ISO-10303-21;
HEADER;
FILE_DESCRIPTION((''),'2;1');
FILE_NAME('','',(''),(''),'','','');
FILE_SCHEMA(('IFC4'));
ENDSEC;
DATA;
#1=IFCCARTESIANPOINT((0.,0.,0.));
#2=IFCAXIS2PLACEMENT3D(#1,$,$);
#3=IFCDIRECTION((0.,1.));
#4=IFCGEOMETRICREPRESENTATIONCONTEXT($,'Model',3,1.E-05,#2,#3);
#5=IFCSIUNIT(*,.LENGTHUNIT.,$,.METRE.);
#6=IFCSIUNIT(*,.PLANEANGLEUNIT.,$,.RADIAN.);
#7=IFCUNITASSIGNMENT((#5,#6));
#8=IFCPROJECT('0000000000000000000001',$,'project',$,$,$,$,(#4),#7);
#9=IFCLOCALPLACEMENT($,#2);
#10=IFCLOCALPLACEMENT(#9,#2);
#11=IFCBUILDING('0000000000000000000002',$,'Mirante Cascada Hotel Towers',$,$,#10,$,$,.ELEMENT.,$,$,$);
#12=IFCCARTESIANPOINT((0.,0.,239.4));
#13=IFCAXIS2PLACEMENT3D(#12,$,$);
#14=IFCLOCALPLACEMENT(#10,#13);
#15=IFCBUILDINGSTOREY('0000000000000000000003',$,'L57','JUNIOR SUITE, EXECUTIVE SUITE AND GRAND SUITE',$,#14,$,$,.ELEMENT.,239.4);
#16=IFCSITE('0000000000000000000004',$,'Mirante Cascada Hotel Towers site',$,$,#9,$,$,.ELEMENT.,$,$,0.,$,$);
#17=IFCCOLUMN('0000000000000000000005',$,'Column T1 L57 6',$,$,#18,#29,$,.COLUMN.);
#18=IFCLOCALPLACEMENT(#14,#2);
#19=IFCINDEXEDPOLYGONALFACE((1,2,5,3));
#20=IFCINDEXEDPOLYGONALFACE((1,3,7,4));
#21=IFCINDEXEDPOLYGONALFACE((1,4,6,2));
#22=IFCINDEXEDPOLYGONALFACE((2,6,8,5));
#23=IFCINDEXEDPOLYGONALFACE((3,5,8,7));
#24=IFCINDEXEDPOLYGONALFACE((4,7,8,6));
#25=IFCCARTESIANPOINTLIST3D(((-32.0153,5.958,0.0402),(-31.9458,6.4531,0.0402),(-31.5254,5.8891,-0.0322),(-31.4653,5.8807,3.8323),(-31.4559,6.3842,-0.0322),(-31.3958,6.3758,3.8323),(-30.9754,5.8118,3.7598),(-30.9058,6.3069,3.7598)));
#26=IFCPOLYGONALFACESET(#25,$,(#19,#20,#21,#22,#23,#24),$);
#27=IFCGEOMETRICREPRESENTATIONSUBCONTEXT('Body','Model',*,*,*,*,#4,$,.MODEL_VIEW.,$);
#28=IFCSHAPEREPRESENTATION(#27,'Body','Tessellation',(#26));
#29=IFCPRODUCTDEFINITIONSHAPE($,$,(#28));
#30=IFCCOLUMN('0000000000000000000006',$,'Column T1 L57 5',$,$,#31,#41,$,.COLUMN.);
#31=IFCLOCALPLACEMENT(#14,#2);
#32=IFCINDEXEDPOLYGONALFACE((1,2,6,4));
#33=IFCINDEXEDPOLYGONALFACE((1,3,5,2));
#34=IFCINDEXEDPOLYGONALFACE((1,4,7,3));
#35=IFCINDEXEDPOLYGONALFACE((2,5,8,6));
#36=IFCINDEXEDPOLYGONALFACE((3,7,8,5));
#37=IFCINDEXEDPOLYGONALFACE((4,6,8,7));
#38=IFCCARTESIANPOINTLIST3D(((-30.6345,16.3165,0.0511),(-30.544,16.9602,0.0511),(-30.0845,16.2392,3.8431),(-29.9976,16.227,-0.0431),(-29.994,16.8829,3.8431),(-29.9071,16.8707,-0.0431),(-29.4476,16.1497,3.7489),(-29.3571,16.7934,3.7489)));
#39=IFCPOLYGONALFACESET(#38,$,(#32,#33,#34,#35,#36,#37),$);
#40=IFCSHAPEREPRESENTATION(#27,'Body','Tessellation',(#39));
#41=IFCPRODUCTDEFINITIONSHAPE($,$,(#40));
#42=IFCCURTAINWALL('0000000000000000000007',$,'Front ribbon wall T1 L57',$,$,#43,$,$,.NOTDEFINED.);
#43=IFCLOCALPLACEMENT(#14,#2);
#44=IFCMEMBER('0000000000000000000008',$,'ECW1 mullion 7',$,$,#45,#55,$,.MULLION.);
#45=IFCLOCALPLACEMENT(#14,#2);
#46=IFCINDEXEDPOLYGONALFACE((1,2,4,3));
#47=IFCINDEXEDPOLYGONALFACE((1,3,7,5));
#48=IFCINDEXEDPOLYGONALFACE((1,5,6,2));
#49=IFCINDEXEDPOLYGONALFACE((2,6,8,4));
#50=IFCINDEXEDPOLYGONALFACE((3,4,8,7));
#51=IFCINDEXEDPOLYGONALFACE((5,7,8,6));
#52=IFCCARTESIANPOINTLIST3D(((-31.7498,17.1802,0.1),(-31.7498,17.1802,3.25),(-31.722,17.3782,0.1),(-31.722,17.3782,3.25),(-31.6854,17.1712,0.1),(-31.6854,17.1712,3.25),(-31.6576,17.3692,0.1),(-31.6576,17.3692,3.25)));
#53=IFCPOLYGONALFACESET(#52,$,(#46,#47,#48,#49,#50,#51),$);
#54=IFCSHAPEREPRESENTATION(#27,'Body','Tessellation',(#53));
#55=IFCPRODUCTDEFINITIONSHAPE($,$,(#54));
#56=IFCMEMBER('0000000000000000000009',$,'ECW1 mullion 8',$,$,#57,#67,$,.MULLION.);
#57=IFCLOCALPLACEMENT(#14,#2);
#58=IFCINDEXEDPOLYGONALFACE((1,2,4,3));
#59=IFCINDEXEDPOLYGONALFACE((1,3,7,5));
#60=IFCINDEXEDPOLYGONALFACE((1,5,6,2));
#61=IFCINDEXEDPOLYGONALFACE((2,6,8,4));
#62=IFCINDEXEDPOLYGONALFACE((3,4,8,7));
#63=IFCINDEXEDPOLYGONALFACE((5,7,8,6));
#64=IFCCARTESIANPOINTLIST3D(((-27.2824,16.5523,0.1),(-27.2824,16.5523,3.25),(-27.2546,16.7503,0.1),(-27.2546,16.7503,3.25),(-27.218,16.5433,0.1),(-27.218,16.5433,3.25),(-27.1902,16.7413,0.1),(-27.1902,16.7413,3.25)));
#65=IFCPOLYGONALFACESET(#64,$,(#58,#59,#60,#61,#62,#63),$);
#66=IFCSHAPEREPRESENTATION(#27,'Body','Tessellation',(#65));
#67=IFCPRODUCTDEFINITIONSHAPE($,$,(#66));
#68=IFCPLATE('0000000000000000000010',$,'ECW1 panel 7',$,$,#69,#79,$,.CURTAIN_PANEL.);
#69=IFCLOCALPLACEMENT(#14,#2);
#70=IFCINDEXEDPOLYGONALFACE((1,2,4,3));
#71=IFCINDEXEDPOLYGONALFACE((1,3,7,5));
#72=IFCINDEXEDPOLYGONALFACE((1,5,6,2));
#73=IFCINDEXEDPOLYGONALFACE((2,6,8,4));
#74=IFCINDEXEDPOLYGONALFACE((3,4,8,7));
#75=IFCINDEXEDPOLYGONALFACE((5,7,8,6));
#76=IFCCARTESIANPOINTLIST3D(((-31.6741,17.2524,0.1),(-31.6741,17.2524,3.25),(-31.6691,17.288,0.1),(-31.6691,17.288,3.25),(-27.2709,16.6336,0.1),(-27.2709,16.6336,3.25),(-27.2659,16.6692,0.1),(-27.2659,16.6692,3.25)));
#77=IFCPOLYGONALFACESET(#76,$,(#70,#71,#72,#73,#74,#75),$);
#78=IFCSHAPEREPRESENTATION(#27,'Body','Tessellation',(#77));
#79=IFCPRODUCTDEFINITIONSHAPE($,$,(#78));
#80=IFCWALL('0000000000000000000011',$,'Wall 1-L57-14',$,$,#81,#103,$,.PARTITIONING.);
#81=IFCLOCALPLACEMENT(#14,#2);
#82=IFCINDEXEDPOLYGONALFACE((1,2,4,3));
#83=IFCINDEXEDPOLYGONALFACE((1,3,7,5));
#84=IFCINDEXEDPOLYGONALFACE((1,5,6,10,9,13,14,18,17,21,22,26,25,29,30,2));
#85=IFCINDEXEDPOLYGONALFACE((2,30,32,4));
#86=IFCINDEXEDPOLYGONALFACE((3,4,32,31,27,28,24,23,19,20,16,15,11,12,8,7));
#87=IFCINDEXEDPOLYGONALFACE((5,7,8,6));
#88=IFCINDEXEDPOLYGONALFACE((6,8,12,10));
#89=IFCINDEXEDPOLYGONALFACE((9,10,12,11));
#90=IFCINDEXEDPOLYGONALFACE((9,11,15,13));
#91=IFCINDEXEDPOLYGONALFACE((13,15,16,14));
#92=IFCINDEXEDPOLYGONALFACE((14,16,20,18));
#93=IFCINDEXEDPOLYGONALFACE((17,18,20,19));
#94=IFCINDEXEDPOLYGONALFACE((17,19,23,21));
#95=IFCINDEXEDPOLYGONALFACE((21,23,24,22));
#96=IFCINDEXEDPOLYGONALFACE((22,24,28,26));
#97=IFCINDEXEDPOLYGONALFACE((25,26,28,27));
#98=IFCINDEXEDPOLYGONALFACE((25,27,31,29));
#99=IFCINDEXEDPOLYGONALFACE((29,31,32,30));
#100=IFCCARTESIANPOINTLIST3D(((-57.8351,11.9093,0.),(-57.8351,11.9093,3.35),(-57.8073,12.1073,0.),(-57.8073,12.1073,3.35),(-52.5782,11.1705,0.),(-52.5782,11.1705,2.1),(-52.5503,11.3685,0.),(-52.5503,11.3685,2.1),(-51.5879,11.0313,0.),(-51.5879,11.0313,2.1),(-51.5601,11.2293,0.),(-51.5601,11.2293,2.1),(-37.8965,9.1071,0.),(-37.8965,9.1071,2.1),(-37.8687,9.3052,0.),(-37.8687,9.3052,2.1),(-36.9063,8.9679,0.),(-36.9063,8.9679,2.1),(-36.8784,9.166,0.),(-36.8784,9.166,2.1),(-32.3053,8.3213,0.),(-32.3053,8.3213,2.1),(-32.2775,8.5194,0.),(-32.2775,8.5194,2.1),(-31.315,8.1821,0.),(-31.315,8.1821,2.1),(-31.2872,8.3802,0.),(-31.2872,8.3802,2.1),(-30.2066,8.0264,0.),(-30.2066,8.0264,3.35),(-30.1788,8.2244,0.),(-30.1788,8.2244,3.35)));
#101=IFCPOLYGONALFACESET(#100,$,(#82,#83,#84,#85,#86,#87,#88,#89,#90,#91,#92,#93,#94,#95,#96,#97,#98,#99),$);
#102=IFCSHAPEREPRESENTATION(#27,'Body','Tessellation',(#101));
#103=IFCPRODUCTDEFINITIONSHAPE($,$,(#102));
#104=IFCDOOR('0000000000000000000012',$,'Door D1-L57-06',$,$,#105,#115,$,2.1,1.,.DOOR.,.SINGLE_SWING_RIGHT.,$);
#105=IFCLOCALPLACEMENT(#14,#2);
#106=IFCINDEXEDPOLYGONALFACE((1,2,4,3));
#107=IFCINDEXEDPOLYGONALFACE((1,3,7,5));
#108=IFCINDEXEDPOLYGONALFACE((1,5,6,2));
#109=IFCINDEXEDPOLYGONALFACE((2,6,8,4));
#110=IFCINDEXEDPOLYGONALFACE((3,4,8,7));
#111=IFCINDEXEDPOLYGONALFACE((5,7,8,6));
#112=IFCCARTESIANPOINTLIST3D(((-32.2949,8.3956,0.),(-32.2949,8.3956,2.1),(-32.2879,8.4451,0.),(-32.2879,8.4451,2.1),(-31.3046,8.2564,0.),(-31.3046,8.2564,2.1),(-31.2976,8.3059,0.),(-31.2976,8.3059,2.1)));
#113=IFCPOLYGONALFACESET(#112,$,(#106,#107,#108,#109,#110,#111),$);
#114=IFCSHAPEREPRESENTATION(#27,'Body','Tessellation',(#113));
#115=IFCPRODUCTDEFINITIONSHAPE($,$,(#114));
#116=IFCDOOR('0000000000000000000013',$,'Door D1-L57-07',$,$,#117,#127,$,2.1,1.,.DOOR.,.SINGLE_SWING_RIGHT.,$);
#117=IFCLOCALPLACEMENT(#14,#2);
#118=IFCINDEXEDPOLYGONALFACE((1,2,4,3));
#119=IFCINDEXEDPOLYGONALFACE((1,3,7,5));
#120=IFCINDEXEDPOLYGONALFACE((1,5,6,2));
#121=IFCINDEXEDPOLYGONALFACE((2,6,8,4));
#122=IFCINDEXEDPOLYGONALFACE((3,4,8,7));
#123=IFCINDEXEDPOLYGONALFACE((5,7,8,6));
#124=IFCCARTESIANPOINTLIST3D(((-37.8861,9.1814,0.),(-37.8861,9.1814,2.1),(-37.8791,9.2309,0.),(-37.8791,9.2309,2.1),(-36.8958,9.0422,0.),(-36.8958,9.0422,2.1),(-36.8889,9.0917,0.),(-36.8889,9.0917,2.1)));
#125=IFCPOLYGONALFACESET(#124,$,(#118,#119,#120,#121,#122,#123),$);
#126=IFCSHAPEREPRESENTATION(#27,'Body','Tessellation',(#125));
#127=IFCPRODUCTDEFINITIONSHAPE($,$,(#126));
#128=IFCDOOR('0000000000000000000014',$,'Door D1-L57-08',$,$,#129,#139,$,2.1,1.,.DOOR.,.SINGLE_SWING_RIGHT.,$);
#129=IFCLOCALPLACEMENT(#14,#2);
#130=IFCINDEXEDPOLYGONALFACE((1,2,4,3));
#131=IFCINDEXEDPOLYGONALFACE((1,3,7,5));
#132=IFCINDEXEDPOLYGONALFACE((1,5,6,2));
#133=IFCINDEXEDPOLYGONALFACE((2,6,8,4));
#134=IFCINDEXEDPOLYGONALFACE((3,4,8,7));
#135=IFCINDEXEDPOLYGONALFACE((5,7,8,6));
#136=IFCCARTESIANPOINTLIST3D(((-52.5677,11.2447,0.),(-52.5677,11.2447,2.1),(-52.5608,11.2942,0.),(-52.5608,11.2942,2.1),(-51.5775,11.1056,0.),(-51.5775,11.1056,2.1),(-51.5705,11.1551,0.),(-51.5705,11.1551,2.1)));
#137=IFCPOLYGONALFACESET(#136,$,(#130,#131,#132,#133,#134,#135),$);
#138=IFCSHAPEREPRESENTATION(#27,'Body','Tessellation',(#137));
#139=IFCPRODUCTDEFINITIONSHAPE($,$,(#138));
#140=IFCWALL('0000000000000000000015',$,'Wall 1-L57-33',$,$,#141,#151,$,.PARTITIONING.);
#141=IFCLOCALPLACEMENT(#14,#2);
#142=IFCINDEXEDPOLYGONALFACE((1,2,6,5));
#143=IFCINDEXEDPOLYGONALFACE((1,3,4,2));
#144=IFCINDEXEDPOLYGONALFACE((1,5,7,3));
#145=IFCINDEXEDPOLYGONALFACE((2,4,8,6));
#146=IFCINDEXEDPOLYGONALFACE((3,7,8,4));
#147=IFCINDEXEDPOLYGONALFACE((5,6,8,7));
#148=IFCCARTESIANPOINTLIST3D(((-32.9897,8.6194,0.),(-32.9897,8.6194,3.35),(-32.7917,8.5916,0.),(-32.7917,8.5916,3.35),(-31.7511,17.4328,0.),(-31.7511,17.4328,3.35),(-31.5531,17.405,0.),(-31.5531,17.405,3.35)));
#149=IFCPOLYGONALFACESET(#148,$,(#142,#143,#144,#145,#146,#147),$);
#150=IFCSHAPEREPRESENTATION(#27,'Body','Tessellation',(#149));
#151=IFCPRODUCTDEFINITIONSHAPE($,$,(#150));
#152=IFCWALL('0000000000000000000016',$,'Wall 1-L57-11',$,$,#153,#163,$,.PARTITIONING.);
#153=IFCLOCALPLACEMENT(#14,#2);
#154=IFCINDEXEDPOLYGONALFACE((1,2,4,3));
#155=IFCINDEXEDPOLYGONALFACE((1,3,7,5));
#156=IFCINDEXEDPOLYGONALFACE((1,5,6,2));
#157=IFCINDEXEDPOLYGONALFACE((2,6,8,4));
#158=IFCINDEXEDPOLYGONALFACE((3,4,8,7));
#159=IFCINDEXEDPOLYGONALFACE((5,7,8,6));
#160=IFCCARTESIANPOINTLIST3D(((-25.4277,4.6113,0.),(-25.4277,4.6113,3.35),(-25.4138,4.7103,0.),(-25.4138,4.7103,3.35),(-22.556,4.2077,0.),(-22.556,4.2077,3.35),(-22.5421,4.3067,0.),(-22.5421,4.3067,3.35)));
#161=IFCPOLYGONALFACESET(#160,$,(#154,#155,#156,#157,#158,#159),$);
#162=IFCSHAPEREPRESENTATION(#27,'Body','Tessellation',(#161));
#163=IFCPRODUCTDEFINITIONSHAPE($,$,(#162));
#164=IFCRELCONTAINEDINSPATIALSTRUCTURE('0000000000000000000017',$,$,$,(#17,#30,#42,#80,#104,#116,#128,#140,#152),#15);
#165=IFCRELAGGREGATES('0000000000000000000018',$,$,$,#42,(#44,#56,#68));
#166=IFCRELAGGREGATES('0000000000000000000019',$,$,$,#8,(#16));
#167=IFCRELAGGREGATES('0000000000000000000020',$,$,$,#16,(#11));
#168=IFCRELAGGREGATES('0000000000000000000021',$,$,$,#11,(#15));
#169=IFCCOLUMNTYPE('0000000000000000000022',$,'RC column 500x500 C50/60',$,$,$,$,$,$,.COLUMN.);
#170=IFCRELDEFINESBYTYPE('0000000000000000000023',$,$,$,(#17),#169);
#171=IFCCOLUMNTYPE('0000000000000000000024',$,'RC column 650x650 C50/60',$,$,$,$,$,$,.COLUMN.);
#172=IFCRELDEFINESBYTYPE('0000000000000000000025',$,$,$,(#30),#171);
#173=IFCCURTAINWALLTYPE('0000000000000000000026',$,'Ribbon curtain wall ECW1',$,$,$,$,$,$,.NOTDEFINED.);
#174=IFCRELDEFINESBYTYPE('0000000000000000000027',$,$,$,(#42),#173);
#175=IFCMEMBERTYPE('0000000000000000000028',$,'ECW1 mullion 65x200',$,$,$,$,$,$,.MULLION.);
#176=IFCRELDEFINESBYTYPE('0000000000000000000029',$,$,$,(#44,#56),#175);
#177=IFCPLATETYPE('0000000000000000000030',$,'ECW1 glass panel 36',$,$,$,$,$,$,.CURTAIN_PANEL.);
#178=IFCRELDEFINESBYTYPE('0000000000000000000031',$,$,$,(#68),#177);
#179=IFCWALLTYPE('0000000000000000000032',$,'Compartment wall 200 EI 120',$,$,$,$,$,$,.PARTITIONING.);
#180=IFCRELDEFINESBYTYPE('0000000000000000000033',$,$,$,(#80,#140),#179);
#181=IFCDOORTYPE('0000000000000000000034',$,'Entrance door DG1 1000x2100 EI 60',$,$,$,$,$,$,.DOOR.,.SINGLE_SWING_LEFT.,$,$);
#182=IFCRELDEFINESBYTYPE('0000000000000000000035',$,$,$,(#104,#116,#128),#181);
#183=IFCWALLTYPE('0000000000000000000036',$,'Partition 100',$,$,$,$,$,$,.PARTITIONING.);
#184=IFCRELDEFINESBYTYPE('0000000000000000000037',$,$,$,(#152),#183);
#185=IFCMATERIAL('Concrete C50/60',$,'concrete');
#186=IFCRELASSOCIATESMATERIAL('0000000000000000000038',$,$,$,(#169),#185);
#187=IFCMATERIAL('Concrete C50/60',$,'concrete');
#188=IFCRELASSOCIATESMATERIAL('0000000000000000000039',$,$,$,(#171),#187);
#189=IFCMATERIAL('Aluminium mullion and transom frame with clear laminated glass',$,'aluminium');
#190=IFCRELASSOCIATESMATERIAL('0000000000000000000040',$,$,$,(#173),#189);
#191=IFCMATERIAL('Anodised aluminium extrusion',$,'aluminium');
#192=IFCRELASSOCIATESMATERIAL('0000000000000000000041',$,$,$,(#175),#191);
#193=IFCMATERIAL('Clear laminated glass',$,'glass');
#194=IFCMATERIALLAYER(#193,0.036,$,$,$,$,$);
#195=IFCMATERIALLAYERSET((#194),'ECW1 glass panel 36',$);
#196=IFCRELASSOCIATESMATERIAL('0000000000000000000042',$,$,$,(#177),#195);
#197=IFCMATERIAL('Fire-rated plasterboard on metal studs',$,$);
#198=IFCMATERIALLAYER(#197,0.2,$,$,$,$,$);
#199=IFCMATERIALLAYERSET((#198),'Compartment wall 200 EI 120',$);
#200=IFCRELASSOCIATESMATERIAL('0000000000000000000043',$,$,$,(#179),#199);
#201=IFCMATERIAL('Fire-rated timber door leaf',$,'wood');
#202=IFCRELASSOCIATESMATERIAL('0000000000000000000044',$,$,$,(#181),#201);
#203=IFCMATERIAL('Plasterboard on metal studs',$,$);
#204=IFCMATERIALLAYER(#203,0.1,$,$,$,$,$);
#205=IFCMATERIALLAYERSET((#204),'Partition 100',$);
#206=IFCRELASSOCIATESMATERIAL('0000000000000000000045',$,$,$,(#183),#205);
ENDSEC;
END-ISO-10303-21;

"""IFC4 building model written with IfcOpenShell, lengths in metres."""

from ifc_helpers import new_model, si_unit, direction, frame, frame_2d, origin, origin_2d, place, context, subcontext, project, spatial, rectangle, extrude, material, layer, layer_set, material_profile, profile_set, type_object, element, fill, aggregate, save


model = new_model("IFC4")

# Units and contexts
model_context = context("Model", 3, precision=1e-05, world=origin(), true_north=direction((0.0, 1.0)))
body_context = subcontext(model_context, "Body", "Model", "MODEL_VIEW")
ifc_project = project(units=[si_unit("LENGTHUNIT", "METRE"), si_unit("PLANEANGLEUNIT", "RADIAN")], contexts=[model_context])

# Site, building, storey
site_placement = place(None, origin())
site = spatial("IfcSite", under=ifc_project, at=site_placement, Name="Mirante Cascada Hotel Towers site", CompositionType="ELEMENT", RefElevation=0.0)
building_placement = place(site_placement, origin())
building = spatial("IfcBuilding", under=site, at=building_placement, Name="Mirante Cascada Hotel Towers", CompositionType="ELEMENT")
storey_placement = place(building_placement, frame((0.0, 0.0, 239.4)))
storey = spatial("IfcBuildingStorey", under=building, at=storey_placement, Name="L57", Description="JUNIOR SUITE, EXECUTIVE SUITE AND GRAND SUITE", CompositionType="ELEMENT", Elevation=239.4)

# Columns
ifc_material_1 = material(Name="Concrete C50/60", Category="concrete")
ifc_material_profile_1 = material_profile(ifc_material_1, rectangle(XDim=0.5, YDim=0.5, at=origin_2d()), Name="RC column 500x500 C50/60")
ifc_profile_set_1 = profile_set([ifc_material_profile_1], Name="Concrete C50/60")
column_type_1 = type_object("IfcColumnType", Name="RC column 500x500 C50/60", PredefinedType="COLUMN", material=ifc_profile_set_1)
column_1_placement = place(storey_placement, frame((-31.7356, 6.1711, 0.004), z_axis=(0.143511, -0.02017, 0.989443), x_axis=(0.139178, 0.990267, 0.0)))
element("IfcColumn", 1, at=column_1_placement, inside=storey, type_object=column_type_1, Name="Column T1 L57 6", PredefinedType="COLUMN", context=body_context, shape_type="SweptSolid", body=[
    extrude(rectangle(XDim=0.5, YDim=0.5, at=origin_2d()), origin(), (0.0, 0.0, 1.0), 3.8325),
])
ifc_material_2 = material(Name="Concrete C50/60", Category="concrete")
ifc_material_profile_2 = material_profile(ifc_material_2, rectangle(XDim=0.65, YDim=0.65, at=origin_2d()), Name="RC column 650x650 C50/60")
ifc_profile_set_2 = profile_set([ifc_material_profile_2], Name="Concrete C50/60")
column_type_2 = type_object("IfcColumnType", Name="RC column 650x650 C50/60", PredefinedType="COLUMN", material=ifc_profile_set_2)
column_2_placement = place(storey_placement, frame((-30.2708, 16.5936, 0.004), z_axis=(0.143511, -0.02017, 0.989443), x_axis=(0.139178, 0.990267, 0.0)))
element("IfcColumn", 2, at=column_2_placement, inside=storey, type_object=column_type_2, Name="Column T1 L57 5", PredefinedType="COLUMN", context=body_context, shape_type="SweptSolid", body=[
    extrude(rectangle(XDim=0.65, YDim=0.65, at=origin_2d()), origin(), (0.0, 0.0, 1.0), 3.8325),
])

# Curtain wall, members, plate
ifc_material_3 = material(Name="Aluminium mullion and transom frame with clear laminated glass", Category="aluminium")
curtain_wall_type = type_object("IfcCurtainWallType", Name="Ribbon curtain wall ECW1", PredefinedType="NOTDEFINED", material=ifc_material_3)
curtain_wall_placement = place(storey_placement, origin())
curtain_wall = element("IfcCurtainWall", 3, at=curtain_wall_placement, inside=storey, type_object=curtain_wall_type, Name="Front ribbon wall T1 L57", PredefinedType="NOTDEFINED")
ifc_material_4 = material(Name="Anodised aluminium extrusion", Category="aluminium")
ifc_material_profile_3 = material_profile(ifc_material_4, rectangle(XDim=0.2, YDim=0.065, at=origin_2d()), Name="ECW1 MULLION 65x200")
ifc_profile_set_3 = profile_set([ifc_material_profile_3], Name="Anodised aluminium extrusion")
member_type = type_object("IfcMemberType", Name="ECW1 mullion 65x200", PredefinedType="MULLION", material=ifc_profile_set_3)
member_1_placement = place(storey_placement, frame((-31.7037, 17.2747, 0.1), z_axis=(0.0, 0.0, 1.0), x_axis=(0.139173, 0.990268, 0.0)))
member_1 = element("IfcMember", 4, at=member_1_placement, type_object=member_type, Name="ECW1 mullion 7", PredefinedType="MULLION", context=body_context, shape_type="SweptSolid", body=[
    extrude(rectangle(XDim=0.2, YDim=0.065, at=origin_2d()), origin(), (0.0, 0.0, 1.0), 3.15),
])
member_2_placement = place(storey_placement, frame((-27.2363, 16.6468, 0.1), z_axis=(0.0, 0.0, 1.0), x_axis=(0.139173, 0.990268, 0.0)))
member_2 = element("IfcMember", 5, at=member_2_placement, type_object=member_type, Name="ECW1 mullion 8", PredefinedType="MULLION", context=body_context, shape_type="SweptSolid", body=[
    extrude(rectangle(XDim=0.2, YDim=0.065, at=origin_2d()), origin(), (0.0, 0.0, 1.0), 3.15),
])
ifc_material_5 = material(Name="Clear laminated glass", Category="glass")
ifc_layer_1 = layer(ifc_material_5, 0.036)
ifc_layer_set_1 = layer_set([ifc_layer_1], Name="ECW1 glass panel 36")
plate_type = type_object("IfcPlateType", Name="ECW1 glass panel 36", PredefinedType="CURTAIN_PANEL", material=ifc_layer_set_1)
plate_placement = place(storey_placement, frame((-29.47, 16.9608, 0.1), z_axis=(0.0, 0.0, 1.0), x_axis=(0.990268, -0.139173, 0.0)))
plate = element("IfcPlate", 6, at=plate_placement, type_object=plate_type, Name="ECW1 panel 7", PredefinedType="CURTAIN_PANEL", context=body_context, shape_type="SweptSolid", body=[
    extrude(rectangle(XDim=4.4464, YDim=0.036, at=origin_2d()), origin(), (0.0, 0.0, 1.0), 3.15),
])
aggregate(curtain_wall, [member_1, member_2, plate])

# Wall, openings, doors
ifc_material_6 = material(Name="Fire-rated plasterboard on metal studs")
ifc_layer_2 = layer(ifc_material_6, 0.2)
ifc_layer_set_2 = layer_set([ifc_layer_2], Name="Compartment wall 200 EI 120")
wall_type_1 = type_object("IfcWallType", Name="Compartment wall 200 EI 120", PredefinedType="PARTITIONING", material=ifc_layer_set_2)
wall_1_placement = place(storey_placement, frame((-30.1927, 8.1254, 0.0), z_axis=(0.0, 0.0, 1.0), x_axis=(-0.990268, 0.139172, 0.0)))
wall_1 = element("IfcWall", 7, at=wall_1_placement, inside=storey, type_object=wall_type_1, Name="Wall 1-L57-14", PredefinedType="PARTITIONING", context=body_context, shape_type="SweptSolid", body=[
    extrude(rectangle(XDim=27.9, YDim=0.2, at=frame_2d((13.95, 0.0))), origin(), (0.0, 0.0, 1.0), 3.35),
])
opening_1_placement = place(wall_1_placement, frame((1.1193, 0.0, 0.0)))
opening_1 = element("IfcOpeningElement", 8, at=opening_1_placement, cuts=wall_1, PredefinedType="OPENING", context=body_context, shape_type="SweptSolid", body=[
    extrude(rectangle(XDim=1.0, YDim=2.1, at=frame_2d((0.5, 1.05))), frame((0.0, 0.1, 0.0), z_axis=(0.0, -1.0, 0.0), x_axis=(1.0, 0.0, 0.0)), (0.0, 0.0, 1.0), 0.2),
])
opening_2_placement = place(wall_1_placement, frame((6.7655, 0.0, 0.0)))
opening_2 = element("IfcOpeningElement", 9, at=opening_2_placement, cuts=wall_1, PredefinedType="OPENING", context=body_context, shape_type="SweptSolid", body=[
    extrude(rectangle(XDim=1.0, YDim=2.1, at=frame_2d((0.5, 1.05))), frame((0.0, 0.1, 0.0), z_axis=(0.0, -1.0, 0.0), x_axis=(1.0, 0.0, 0.0)), (0.0, 0.0, 1.0), 0.2),
])
opening_3_placement = place(wall_1_placement, frame((21.5914, 0.0, 0.0)))
opening_3 = element("IfcOpeningElement", 10, at=opening_3_placement, cuts=wall_1, PredefinedType="OPENING", context=body_context, shape_type="SweptSolid", body=[
    extrude(rectangle(XDim=1.0, YDim=2.1, at=frame_2d((0.5, 1.05))), frame((0.0, 0.1, 0.0), z_axis=(0.0, -1.0, 0.0), x_axis=(1.0, 0.0, 0.0)), (0.0, 0.0, 1.0), 0.2),
])
ifc_material_7 = material(Name="Fire-rated timber door leaf", Category="wood")
door_type_1 = type_object("IfcDoorType", Name="Entrance door DG1 1000x2100 EI 60", OperationType="SINGLE_SWING_LEFT", PredefinedType="DOOR", material=ifc_material_7)
door_1_placement = place(opening_1_placement, frame((1.0, 0.0, 0.0), z_axis=(0.0, 0.0, 1.0), x_axis=(-1.0, 0.0, 0.0)))
door_1 = element("IfcDoor", 11, at=door_1_placement, inside=storey, type_object=door_type_1, Name="Door D1-L57-06", OperationType="SINGLE_SWING_RIGHT", OverallHeight=2.1, OverallWidth=1.0, PredefinedType="DOOR", context=body_context, shape_type="SweptSolid", body=[
    extrude(rectangle(XDim=1.0, YDim=2.1, at=frame_2d((0.5, 1.05))), frame((0.0, 0.025, 0.0), z_axis=(0.0, -1.0, 0.0), x_axis=(1.0, 0.0, 0.0)), (0.0, 0.0, 1.0), 0.05),
])
fill(opening_1, door_1)
door_2_placement = place(opening_2_placement, frame((1.0, 0.0, 0.0), z_axis=(0.0, 0.0, 1.0), x_axis=(-1.0, 0.0, 0.0)))
door_2 = element("IfcDoor", 12, at=door_2_placement, inside=storey, type_object=door_type_1, Name="Door D1-L57-07", OperationType="SINGLE_SWING_RIGHT", OverallHeight=2.1, OverallWidth=1.0, PredefinedType="DOOR", context=body_context, shape_type="SweptSolid", body=[
    extrude(rectangle(XDim=1.0, YDim=2.1, at=frame_2d((0.5, 1.05))), frame((0.0, 0.025, 0.0), z_axis=(0.0, -1.0, 0.0), x_axis=(1.0, 0.0, 0.0)), (0.0, 0.0, 1.0), 0.05),
])
fill(opening_2, door_2)
door_3_placement = place(opening_3_placement, frame((1.0, 0.0, 0.0), z_axis=(0.0, 0.0, 1.0), x_axis=(-1.0, 0.0, 0.0)))
door_3 = element("IfcDoor", 13, at=door_3_placement, inside=storey, type_object=door_type_1, Name="Door D1-L57-08", OperationType="SINGLE_SWING_RIGHT", OverallHeight=2.1, OverallWidth=1.0, PredefinedType="DOOR", context=body_context, shape_type="SweptSolid", body=[
    extrude(rectangle(XDim=1.0, YDim=2.1, at=frame_2d((0.5, 1.05))), frame((0.0, 0.025, 0.0), z_axis=(0.0, -1.0, 0.0), x_axis=(1.0, 0.0, 0.0)), (0.0, 0.0, 1.0), 0.05),
])
fill(opening_3, door_3)

# Walls
wall_2_placement = place(storey_placement, frame((-31.6521, 17.4189, 0.0), z_axis=(0.0, 0.0, 1.0), x_axis=(-0.139168, -0.990269, 0.0)))
element("IfcWall", 14, at=wall_2_placement, inside=storey, type_object=wall_type_1, Name="Wall 1-L57-33", PredefinedType="PARTITIONING", context=body_context, shape_type="SweptSolid", body=[
    extrude(rectangle(XDim=8.9, YDim=0.2, at=frame_2d((4.45, 0.0))), origin(), (0.0, 0.0, 1.0), 3.35),
])
ifc_material_8 = material(Name="Plasterboard on metal studs")
ifc_layer_3 = layer(ifc_material_8, 0.1)
ifc_layer_set_3 = layer_set([ifc_layer_3], Name="Partition 100")
wall_type_2 = type_object("IfcWallType", Name="Partition 100", PredefinedType="PARTITIONING", material=ifc_layer_set_3)
wall_3_placement = place(storey_placement, frame((-25.4208, 4.6608, 0.0), z_axis=(0.0, 0.0, 1.0), x_axis=(0.990268, -0.139176, 0.0)))
element("IfcWall", 15, at=wall_3_placement, inside=storey, type_object=wall_type_2, Name="Wall 1-L57-11", PredefinedType="PARTITIONING", context=body_context, shape_type="SweptSolid", body=[
    extrude(rectangle(XDim=2.8999, YDim=0.1, at=frame_2d((1.45, 0.0))), origin(), (0.0, 0.0, 1.0), 3.35),
])

save(model, "model.ifc")
